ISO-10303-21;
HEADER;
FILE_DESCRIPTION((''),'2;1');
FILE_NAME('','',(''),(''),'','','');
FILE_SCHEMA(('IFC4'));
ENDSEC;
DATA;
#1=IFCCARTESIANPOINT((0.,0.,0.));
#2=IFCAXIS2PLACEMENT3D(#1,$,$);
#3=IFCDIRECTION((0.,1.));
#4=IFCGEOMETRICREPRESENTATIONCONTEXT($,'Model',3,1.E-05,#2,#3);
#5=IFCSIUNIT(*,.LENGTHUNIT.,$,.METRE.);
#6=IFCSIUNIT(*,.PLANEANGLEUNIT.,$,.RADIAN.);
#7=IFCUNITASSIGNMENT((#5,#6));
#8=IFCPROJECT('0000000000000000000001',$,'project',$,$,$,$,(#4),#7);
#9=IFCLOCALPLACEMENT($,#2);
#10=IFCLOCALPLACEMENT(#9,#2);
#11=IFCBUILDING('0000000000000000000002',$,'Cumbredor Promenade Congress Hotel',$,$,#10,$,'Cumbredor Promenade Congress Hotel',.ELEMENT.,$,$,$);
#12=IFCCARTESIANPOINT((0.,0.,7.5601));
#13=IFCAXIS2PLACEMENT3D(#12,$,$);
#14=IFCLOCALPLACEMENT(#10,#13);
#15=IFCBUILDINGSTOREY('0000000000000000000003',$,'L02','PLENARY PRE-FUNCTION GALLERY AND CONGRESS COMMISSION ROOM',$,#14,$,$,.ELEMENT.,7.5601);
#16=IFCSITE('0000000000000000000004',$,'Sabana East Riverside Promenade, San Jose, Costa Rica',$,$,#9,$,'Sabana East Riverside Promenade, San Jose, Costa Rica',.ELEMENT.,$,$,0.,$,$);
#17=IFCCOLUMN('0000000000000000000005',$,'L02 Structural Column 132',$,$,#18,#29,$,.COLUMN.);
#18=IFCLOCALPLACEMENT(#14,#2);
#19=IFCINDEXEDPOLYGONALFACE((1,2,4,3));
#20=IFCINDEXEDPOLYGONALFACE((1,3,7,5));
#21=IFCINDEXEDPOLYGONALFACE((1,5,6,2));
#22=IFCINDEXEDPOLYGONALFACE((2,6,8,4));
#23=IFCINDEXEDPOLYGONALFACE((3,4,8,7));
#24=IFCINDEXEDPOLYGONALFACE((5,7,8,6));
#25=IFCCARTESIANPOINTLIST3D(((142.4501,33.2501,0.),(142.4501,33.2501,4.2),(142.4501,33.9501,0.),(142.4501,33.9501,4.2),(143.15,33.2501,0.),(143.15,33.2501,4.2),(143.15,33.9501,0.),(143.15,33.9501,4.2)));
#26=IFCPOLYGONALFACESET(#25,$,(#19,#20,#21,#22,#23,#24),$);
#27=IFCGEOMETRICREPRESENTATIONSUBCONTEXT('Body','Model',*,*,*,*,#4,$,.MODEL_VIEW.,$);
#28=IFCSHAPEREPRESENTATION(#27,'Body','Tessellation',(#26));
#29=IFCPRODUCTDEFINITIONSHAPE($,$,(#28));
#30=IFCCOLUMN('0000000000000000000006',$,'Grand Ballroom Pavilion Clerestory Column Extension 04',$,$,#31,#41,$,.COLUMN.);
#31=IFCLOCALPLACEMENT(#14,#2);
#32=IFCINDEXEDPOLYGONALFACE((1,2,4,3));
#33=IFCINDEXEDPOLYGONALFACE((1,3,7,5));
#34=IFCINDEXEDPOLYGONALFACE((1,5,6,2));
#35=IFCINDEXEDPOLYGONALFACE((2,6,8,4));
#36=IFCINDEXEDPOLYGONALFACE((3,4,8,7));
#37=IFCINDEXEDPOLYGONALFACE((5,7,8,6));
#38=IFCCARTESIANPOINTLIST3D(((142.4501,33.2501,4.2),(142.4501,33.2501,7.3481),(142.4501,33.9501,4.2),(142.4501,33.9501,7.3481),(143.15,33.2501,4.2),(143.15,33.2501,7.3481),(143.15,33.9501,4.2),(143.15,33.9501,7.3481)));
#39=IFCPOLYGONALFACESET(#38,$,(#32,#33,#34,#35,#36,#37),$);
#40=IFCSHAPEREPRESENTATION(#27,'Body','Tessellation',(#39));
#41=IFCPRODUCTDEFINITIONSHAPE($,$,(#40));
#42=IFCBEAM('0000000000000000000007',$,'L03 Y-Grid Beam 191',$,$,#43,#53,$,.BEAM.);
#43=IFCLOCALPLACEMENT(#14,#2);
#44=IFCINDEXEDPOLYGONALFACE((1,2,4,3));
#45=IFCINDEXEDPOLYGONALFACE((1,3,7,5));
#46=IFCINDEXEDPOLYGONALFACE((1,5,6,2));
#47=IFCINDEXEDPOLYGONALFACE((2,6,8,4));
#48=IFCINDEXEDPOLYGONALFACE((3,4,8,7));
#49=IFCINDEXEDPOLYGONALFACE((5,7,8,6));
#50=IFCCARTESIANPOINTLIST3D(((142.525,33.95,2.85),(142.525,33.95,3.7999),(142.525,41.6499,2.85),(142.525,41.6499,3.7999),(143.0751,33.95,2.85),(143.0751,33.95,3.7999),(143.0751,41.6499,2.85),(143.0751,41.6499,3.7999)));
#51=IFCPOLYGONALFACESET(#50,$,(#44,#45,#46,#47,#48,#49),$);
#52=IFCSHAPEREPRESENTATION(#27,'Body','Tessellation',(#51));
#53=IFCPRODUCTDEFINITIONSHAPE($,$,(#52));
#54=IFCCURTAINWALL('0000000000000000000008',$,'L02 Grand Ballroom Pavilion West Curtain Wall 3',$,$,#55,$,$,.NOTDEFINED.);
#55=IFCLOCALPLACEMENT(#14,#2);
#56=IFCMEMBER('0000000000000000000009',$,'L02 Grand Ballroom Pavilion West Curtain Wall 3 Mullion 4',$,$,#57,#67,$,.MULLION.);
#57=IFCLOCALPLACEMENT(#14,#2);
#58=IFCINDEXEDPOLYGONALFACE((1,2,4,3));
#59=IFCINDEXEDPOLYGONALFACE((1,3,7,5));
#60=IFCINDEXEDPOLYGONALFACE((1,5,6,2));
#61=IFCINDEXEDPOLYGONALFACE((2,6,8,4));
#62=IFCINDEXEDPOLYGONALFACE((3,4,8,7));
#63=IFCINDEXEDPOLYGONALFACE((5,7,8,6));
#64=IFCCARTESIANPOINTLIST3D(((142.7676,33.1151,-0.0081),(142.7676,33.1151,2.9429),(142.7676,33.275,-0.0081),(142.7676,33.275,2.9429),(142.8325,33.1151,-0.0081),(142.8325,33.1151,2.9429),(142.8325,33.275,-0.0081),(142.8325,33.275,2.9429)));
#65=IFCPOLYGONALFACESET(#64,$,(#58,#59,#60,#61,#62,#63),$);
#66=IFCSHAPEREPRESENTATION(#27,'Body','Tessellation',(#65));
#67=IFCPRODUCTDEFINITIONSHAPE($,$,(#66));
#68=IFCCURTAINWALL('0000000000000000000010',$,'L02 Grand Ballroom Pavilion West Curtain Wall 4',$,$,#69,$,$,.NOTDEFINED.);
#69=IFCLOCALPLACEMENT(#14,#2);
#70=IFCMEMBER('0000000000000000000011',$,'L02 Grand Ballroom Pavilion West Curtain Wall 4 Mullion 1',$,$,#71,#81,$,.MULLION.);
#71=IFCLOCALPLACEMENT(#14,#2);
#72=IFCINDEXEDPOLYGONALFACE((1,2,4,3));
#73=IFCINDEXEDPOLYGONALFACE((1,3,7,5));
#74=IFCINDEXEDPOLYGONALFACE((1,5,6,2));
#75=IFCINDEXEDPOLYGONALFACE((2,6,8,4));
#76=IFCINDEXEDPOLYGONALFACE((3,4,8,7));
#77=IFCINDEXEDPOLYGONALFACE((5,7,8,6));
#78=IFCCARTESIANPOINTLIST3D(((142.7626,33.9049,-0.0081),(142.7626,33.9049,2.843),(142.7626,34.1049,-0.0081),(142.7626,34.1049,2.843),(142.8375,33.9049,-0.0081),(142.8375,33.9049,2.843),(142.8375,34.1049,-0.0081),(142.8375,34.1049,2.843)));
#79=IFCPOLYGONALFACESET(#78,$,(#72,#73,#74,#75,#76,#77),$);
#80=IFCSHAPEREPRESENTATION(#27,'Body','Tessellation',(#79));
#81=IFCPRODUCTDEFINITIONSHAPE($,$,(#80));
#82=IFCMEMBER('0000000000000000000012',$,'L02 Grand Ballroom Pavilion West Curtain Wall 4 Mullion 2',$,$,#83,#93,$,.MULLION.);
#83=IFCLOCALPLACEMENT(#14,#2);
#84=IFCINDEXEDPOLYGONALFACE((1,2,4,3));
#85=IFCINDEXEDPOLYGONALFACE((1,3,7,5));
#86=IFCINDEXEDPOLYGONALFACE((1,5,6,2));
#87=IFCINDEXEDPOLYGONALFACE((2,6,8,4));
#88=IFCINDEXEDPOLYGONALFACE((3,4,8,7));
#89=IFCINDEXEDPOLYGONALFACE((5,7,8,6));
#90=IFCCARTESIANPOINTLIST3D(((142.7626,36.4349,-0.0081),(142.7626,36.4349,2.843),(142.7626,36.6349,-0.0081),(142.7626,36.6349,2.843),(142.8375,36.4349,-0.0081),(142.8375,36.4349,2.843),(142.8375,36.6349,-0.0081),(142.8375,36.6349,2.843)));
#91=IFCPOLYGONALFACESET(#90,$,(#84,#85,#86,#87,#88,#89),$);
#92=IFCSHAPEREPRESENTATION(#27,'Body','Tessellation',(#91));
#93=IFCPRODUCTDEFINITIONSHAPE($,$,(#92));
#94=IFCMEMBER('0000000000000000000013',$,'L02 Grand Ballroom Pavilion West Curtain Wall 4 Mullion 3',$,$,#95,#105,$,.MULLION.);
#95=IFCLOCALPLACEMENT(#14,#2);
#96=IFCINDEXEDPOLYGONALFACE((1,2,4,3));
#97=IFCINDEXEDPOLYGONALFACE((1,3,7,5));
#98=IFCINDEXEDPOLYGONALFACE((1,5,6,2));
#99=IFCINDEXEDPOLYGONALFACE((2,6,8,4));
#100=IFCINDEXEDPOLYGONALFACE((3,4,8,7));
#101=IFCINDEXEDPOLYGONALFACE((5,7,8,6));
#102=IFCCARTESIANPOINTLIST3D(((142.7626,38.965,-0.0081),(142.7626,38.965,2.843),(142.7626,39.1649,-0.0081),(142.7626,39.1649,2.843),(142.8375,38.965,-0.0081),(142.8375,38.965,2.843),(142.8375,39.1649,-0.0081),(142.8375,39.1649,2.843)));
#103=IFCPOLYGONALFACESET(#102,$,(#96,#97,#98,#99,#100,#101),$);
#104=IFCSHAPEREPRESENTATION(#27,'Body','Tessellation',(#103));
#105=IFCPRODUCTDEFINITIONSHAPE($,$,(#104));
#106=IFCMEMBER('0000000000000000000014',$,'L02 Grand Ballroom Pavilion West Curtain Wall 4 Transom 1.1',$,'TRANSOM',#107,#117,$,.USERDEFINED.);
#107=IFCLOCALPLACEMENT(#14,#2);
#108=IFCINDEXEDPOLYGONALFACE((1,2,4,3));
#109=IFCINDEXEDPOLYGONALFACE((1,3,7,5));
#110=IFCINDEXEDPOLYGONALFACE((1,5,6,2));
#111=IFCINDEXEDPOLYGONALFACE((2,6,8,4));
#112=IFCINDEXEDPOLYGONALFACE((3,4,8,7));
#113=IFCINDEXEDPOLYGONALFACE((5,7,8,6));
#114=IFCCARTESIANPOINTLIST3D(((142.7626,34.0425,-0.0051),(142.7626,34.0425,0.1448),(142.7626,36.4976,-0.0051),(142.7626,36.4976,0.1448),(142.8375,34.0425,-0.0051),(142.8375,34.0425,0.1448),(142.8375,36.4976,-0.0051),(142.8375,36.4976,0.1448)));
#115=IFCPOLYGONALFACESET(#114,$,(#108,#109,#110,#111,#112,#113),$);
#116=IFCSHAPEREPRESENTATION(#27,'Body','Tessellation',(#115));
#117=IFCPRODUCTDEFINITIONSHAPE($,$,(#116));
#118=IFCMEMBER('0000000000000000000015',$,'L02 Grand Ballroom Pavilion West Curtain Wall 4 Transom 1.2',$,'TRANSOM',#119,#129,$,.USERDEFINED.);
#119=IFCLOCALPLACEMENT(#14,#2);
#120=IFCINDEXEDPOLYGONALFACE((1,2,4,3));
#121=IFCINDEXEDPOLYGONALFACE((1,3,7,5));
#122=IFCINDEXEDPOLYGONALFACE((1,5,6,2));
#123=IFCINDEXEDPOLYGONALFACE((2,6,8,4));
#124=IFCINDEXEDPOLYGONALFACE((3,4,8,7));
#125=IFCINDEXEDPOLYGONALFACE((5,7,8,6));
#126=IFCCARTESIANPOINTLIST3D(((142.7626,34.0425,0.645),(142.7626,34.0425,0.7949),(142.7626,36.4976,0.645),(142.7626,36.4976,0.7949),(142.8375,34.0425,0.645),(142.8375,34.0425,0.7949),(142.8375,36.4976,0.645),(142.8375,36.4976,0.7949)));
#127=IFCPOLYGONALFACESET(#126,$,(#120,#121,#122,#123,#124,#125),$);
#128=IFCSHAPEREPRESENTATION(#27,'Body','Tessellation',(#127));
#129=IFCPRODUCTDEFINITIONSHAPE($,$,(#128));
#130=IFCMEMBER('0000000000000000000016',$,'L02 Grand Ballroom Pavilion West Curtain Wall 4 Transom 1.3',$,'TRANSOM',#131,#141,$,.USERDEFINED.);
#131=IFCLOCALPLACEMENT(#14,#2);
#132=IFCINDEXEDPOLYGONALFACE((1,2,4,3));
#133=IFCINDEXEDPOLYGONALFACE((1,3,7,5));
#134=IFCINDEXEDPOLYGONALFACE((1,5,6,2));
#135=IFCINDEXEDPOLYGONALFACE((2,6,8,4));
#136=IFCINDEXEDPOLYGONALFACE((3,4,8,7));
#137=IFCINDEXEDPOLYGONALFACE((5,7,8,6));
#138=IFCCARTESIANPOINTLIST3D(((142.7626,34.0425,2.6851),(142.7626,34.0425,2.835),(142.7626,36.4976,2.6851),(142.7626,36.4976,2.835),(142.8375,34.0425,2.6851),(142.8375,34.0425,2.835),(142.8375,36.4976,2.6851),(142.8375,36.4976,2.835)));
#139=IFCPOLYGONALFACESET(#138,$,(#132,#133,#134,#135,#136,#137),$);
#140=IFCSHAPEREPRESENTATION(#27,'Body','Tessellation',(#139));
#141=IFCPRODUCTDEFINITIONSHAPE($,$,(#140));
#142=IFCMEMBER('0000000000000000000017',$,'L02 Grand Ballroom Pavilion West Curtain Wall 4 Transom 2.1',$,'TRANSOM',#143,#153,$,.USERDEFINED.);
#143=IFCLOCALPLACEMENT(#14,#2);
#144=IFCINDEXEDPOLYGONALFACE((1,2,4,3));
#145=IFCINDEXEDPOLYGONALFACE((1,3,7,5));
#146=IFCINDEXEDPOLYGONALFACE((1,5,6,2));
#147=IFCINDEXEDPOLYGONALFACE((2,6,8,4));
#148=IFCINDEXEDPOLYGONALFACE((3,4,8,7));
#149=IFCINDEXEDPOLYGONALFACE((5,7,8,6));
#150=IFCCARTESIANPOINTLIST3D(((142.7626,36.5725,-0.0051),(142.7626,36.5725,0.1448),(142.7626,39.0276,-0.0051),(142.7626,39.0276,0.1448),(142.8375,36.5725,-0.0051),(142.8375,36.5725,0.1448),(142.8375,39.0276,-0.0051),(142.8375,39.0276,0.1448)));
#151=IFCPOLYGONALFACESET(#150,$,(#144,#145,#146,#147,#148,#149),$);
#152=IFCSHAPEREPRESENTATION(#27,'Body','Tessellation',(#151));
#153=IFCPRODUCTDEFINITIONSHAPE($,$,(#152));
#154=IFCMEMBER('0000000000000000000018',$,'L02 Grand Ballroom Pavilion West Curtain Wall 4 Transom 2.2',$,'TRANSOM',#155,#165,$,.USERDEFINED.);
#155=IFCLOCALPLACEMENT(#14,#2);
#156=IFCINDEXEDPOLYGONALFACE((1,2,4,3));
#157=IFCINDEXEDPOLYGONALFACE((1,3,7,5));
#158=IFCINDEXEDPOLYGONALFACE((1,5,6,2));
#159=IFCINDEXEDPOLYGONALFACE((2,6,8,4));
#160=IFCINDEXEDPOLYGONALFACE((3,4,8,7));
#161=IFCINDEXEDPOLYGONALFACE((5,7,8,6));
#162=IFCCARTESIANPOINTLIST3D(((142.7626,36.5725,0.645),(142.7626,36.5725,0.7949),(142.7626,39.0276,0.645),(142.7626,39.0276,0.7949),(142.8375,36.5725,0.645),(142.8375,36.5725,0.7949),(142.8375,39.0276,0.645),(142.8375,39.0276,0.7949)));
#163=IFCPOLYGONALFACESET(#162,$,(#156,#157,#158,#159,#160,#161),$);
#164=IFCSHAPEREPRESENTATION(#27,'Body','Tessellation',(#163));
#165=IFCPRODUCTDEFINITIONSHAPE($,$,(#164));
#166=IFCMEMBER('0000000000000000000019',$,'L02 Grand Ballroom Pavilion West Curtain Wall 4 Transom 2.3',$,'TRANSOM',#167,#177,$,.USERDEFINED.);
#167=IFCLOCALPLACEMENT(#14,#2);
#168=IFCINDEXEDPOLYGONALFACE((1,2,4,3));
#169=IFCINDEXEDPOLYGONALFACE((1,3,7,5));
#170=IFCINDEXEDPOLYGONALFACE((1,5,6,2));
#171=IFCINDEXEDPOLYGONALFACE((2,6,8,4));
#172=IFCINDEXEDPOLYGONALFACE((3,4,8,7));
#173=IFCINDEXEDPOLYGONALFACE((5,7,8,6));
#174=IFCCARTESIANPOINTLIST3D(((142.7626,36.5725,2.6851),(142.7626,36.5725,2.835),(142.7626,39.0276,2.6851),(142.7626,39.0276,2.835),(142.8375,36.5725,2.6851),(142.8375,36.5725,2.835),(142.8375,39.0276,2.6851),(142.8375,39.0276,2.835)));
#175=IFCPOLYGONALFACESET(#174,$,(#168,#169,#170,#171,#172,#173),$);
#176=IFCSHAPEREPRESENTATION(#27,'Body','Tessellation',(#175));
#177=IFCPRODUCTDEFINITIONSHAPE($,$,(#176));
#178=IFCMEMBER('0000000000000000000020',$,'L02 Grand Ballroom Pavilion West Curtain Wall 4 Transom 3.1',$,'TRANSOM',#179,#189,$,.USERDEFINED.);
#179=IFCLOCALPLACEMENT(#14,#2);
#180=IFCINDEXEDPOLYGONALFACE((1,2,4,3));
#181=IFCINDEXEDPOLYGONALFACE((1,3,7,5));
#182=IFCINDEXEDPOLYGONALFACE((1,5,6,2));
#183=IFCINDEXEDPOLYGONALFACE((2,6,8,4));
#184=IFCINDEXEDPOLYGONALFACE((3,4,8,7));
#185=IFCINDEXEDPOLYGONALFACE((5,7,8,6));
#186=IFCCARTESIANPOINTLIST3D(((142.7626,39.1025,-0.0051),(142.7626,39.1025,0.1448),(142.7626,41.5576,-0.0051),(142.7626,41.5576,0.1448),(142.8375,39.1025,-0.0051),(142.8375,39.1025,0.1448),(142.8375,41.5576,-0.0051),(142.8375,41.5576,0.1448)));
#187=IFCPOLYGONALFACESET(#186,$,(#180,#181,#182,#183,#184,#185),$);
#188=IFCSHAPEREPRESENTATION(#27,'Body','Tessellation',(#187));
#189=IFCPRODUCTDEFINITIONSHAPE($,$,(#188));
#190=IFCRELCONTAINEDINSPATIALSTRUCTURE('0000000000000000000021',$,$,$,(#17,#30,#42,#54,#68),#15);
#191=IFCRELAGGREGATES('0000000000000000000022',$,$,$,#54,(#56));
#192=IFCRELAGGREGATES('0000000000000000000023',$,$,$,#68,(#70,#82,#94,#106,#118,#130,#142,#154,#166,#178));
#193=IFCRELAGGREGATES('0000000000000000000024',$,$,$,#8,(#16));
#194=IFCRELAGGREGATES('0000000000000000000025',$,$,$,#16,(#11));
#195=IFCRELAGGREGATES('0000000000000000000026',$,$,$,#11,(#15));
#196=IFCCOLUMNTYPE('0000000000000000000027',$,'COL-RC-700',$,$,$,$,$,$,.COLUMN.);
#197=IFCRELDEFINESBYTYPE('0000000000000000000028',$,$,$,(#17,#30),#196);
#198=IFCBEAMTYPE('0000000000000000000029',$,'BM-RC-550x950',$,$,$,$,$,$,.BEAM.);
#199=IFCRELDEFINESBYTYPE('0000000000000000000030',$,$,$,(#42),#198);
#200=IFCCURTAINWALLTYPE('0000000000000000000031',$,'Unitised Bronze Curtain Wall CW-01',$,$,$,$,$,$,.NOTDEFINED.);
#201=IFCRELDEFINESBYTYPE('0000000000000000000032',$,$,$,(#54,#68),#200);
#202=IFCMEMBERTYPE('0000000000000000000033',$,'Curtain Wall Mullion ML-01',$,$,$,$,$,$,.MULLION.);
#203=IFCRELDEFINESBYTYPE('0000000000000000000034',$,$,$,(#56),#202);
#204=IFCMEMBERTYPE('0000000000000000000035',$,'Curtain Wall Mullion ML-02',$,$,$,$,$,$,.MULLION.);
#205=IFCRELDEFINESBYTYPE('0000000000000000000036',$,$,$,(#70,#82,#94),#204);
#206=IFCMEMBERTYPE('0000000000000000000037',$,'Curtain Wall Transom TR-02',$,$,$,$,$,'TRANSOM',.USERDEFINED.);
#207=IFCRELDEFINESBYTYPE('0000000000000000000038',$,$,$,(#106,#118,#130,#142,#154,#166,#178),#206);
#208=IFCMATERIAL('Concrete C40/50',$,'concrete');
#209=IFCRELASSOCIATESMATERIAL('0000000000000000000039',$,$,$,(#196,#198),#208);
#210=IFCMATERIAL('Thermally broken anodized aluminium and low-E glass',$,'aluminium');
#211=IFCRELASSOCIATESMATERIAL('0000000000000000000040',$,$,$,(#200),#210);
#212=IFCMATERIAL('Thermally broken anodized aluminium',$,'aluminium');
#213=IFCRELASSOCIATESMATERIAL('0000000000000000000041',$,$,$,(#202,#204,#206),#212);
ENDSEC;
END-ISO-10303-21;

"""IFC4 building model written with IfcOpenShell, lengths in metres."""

from ifc_helpers import new_model, si_unit, direction, frame, origin, origin_2d, place, context, subcontext, project, spatial, rectangle, extrude, material, material_profile, profile_set, type_object, element, aggregate, save


model = new_model("IFC4")

# Units and contexts
model_context = context("Model", 3, precision=1e-05, world=origin(), true_north=direction((0.0, 1.0)))
body_context = subcontext(model_context, "Body", "Model", "MODEL_VIEW")
ifc_project = project(units=[si_unit("LENGTHUNIT", "METRE"), si_unit("PLANEANGLEUNIT", "RADIAN")], contexts=[model_context])

# Site, building, storey
site_placement = place(None, origin())
site = spatial("IfcSite", under=ifc_project, at=site_placement, Name="Sabana East Riverside Promenade, San Jose, Costa Rica", LongName="Sabana East Riverside Promenade, San Jose, Costa Rica", CompositionType="ELEMENT", RefElevation=0.0)
building_placement = place(site_placement, origin())
building = spatial("IfcBuilding", under=site, at=building_placement, Name="Cumbredor Promenade Congress Hotel", LongName="Cumbredor Promenade Congress Hotel", CompositionType="ELEMENT")
storey_placement = place(building_placement, frame((0.0, 0.0, 7.5601)))
storey = spatial("IfcBuildingStorey", under=building, at=storey_placement, Name="L02", Description="PLENARY PRE-FUNCTION GALLERY AND CONGRESS COMMISSION ROOM", CompositionType="ELEMENT", Elevation=7.5601)

# Columns
ifc_material_1 = material(Name="Concrete C40/50", Category="concrete")
ifc_material_profile_1 = material_profile(ifc_material_1, rectangle(XDim=0.7, YDim=0.7, at=origin_2d()), Name="RC 700x700")
ifc_profile_set_1 = profile_set([ifc_material_profile_1], Name="Concrete C40/50")
column_type = type_object("IfcColumnType", Name="COL-RC-700", PredefinedType="COLUMN", material=ifc_profile_set_1)
column_1_placement = place(storey_placement, frame((142.8, 33.6001, 0.0), z_axis=(0.0, 0.0, 1.0), x_axis=(1.0, 0.0, 0.0)))
element("IfcColumn", 1, at=column_1_placement, inside=storey, type_object=column_type, Name="L02 Structural Column 132", PredefinedType="COLUMN", context=body_context, shape_type="SweptSolid", body=[
    extrude(rectangle(XDim=0.7, YDim=0.7, at=origin_2d()), origin(), (0.0, 0.0, 1.0), 4.2),
])
column_2_placement = place(storey_placement, frame((142.8, 33.6001, 4.2), z_axis=(0.0, 0.0, 1.0), x_axis=(1.0, 0.0, 0.0)))
element("IfcColumn", 2, at=column_2_placement, inside=storey, type_object=column_type, Name="Grand Ballroom Pavilion Clerestory Column Extension 04", PredefinedType="COLUMN", context=body_context, shape_type="SweptSolid", body=[
    extrude(rectangle(XDim=0.7, YDim=0.7, at=origin_2d()), origin(), (0.0, 0.0, 1.0), 3.1482),
])

# Beam
ifc_material_profile_2 = material_profile(ifc_material_1, rectangle(XDim=0.55, YDim=0.95, at=origin_2d()), Name="RC BEAM 550x950")
ifc_profile_set_2 = profile_set([ifc_material_profile_2], Name="Concrete C40/50")
beam_type = type_object("IfcBeamType", Name="BM-RC-550x950", PredefinedType="BEAM", material=ifc_profile_set_2)
beam_placement = place(storey_placement, frame((142.8, 33.95, 3.325), z_axis=(0.0, 1.0, 0.0), x_axis=(-1.0, 0.0, 0.0)))
element("IfcBeam", 3, at=beam_placement, inside=storey, type_object=beam_type, Name="L03 Y-Grid Beam 191", PredefinedType="BEAM", context=body_context, shape_type="SweptSolid", body=[
    extrude(rectangle(XDim=0.55, YDim=0.95, at=origin_2d()), origin(), (0.0, 0.0, 1.0), 7.7),
])

# Curtain wall, member
ifc_material_2 = material(Name="Thermally broken anodized aluminium and low-E glass", Category="aluminium")
curtain_wall_type = type_object("IfcCurtainWallType", Name="Unitised Bronze Curtain Wall CW-01", PredefinedType="NOTDEFINED", material=ifc_material_2)
curtain_wall_1_placement = place(storey_placement, origin())
curtain_wall_1 = element("IfcCurtainWall", 4, at=curtain_wall_1_placement, inside=storey, type_object=curtain_wall_type, Name="L02 Grand Ballroom Pavilion West Curtain Wall 3", PredefinedType="NOTDEFINED")
ifc_material_3 = material(Name="Thermally broken anodized aluminium", Category="aluminium")
ifc_material_profile_3 = material_profile(ifc_material_3, rectangle(XDim=0.0649, YDim=0.1599, at=origin_2d()), Name="ALU MULLION 65x160")
ifc_profile_set_3 = profile_set([ifc_material_profile_3], Name="Thermally broken anodized aluminium")
member_type_1 = type_object("IfcMemberType", Name="Curtain Wall Mullion ML-01", PredefinedType="MULLION", material=ifc_profile_set_3)
member_1_placement = place(storey_placement, frame((142.8, 33.1951, -0.0081), z_axis=(0.0, 0.0, 1.0), x_axis=(1.0, 0.0, 0.0)))
member_1 = element("IfcMember", 5, at=member_1_placement, type_object=member_type_1, Name="L02 Grand Ballroom Pavilion West Curtain Wall 3 Mullion 4", PredefinedType="MULLION", context=body_context, shape_type="SweptSolid", body=[
    extrude(rectangle(XDim=0.0649, YDim=0.1599, at=origin_2d()), origin(), (0.0, 0.0, 1.0), 2.9509),
])
aggregate(curtain_wall_1, [member_1])

# Curtain wall, members
curtain_wall_2_placement = place(storey_placement, origin())
curtain_wall_2 = element("IfcCurtainWall", 6, at=curtain_wall_2_placement, inside=storey, type_object=curtain_wall_type, Name="L02 Grand Ballroom Pavilion West Curtain Wall 4", PredefinedType="NOTDEFINED")
ifc_material_profile_4 = material_profile(ifc_material_3, rectangle(XDim=0.075, YDim=0.2, at=origin_2d()), Name="ALU MULLION 75x200")
ifc_profile_set_4 = profile_set([ifc_material_profile_4], Name="Thermally broken anodized aluminium")
member_type_2 = type_object("IfcMemberType", Name="Curtain Wall Mullion ML-02", PredefinedType="MULLION", material=ifc_profile_set_4)
member_2_placement = place(storey_placement, frame((142.8, 34.0049, -0.0081), z_axis=(0.0, 0.0, 1.0), x_axis=(1.0, 0.0, 0.0)))
member_2 = element("IfcMember", 7, at=member_2_placement, type_object=member_type_2, Name="L02 Grand Ballroom Pavilion West Curtain Wall 4 Mullion 1", PredefinedType="MULLION", context=body_context, shape_type="SweptSolid", body=[
    extrude(rectangle(XDim=0.075, YDim=0.2, at=origin_2d()), origin(), (0.0, 0.0, 1.0), 2.8511),
])
member_3_placement = place(storey_placement, frame((142.8, 36.5349, -0.0081), z_axis=(0.0, 0.0, 1.0), x_axis=(1.0, 0.0, 0.0)))
member_3 = element("IfcMember", 8, at=member_3_placement, type_object=member_type_2, Name="L02 Grand Ballroom Pavilion West Curtain Wall 4 Mullion 2", PredefinedType="MULLION", context=body_context, shape_type="SweptSolid", body=[
    extrude(rectangle(XDim=0.075, YDim=0.2, at=origin_2d()), origin(), (0.0, 0.0, 1.0), 2.8511),
])
member_4_placement = place(storey_placement, frame((142.8, 39.0649, -0.0081), z_axis=(0.0, 0.0, 1.0), x_axis=(1.0, 0.0, 0.0)))
member_4 = element("IfcMember", 9, at=member_4_placement, type_object=member_type_2, Name="L02 Grand Ballroom Pavilion West Curtain Wall 4 Mullion 3", PredefinedType="MULLION", context=body_context, shape_type="SweptSolid", body=[
    extrude(rectangle(XDim=0.075, YDim=0.2, at=origin_2d()), origin(), (0.0, 0.0, 1.0), 2.8511),
])
ifc_material_profile_5 = material_profile(ifc_material_3, rectangle(XDim=0.075, YDim=0.1499, at=origin_2d()), Name="ALU TRANSOM 75x150")
ifc_profile_set_5 = profile_set([ifc_material_profile_5], Name="Thermally broken anodized aluminium")
member_type_3 = type_object("IfcMemberType", Name="Curtain Wall Transom TR-02", ElementType="TRANSOM", PredefinedType="USERDEFINED", material=ifc_profile_set_5)
member_5_placement = place(storey_placement, frame((142.8, 34.0425, 0.0698), z_axis=(0.0, 1.0, 0.0), x_axis=(-1.0, 0.0, 0.0)))
member_5 = element("IfcMember", 10, at=member_5_placement, type_object=member_type_3, Name="L02 Grand Ballroom Pavilion West Curtain Wall 4 Transom 1.1", ObjectType="TRANSOM", PredefinedType="USERDEFINED", context=body_context, shape_type="SweptSolid", body=[
    extrude(rectangle(XDim=0.075, YDim=0.1499, at=origin_2d()), origin(), (0.0, 0.0, 1.0), 2.4551),
])
member_6_placement = place(storey_placement, frame((142.8, 34.0425, 0.72), z_axis=(0.0, 1.0, 0.0), x_axis=(-1.0, 0.0, 0.0)))
member_6 = element("IfcMember", 11, at=member_6_placement, type_object=member_type_3, Name="L02 Grand Ballroom Pavilion West Curtain Wall 4 Transom 1.2", ObjectType="TRANSOM", PredefinedType="USERDEFINED", context=body_context, shape_type="SweptSolid", body=[
    extrude(rectangle(XDim=0.075, YDim=0.1499, at=origin_2d()), origin(), (0.0, 0.0, 1.0), 2.4551),
])
member_7_placement = place(storey_placement, frame((142.8, 34.0425, 2.76), z_axis=(0.0, 1.0, 0.0), x_axis=(-1.0, 0.0, 0.0)))
member_7 = element("IfcMember", 12, at=member_7_placement, type_object=member_type_3, Name="L02 Grand Ballroom Pavilion West Curtain Wall 4 Transom 1.3", ObjectType="TRANSOM", PredefinedType="USERDEFINED", context=body_context, shape_type="SweptSolid", body=[
    extrude(rectangle(XDim=0.075, YDim=0.1499, at=origin_2d()), origin(), (0.0, 0.0, 1.0), 2.4551),
])
member_8_placement = place(storey_placement, frame((142.8, 36.5725, 0.0698), z_axis=(0.0, 1.0, 0.0), x_axis=(-1.0, 0.0, 0.0)))
member_8 = element("IfcMember", 13, at=member_8_placement, type_object=member_type_3, Name="L02 Grand Ballroom Pavilion West Curtain Wall 4 Transom 2.1", ObjectType="TRANSOM", PredefinedType="USERDEFINED", context=body_context, shape_type="SweptSolid", body=[
    extrude(rectangle(XDim=0.075, YDim=0.1499, at=origin_2d()), origin(), (0.0, 0.0, 1.0), 2.4551),
])
member_9_placement = place(storey_placement, frame((142.8, 36.5725, 0.72), z_axis=(0.0, 1.0, 0.0), x_axis=(-1.0, 0.0, 0.0)))
member_9 = element("IfcMember", 14, at=member_9_placement, type_object=member_type_3, Name="L02 Grand Ballroom Pavilion West Curtain Wall 4 Transom 2.2", ObjectType="TRANSOM", PredefinedType="USERDEFINED", context=body_context, shape_type="SweptSolid", body=[
    extrude(rectangle(XDim=0.075, YDim=0.1499, at=origin_2d()), origin(), (0.0, 0.0, 1.0), 2.4551),
])
member_10_placement = place(storey_placement, frame((142.8, 36.5725, 2.76), z_axis=(0.0, 1.0, 0.0), x_axis=(-1.0, 0.0, 0.0)))
member_10 = element("IfcMember", 15, at=member_10_placement, type_object=member_type_3, Name="L02 Grand Ballroom Pavilion West Curtain Wall 4 Transom 2.3", ObjectType="TRANSOM", PredefinedType="USERDEFINED", context=body_context, shape_type="SweptSolid", body=[
    extrude(rectangle(XDim=0.075, YDim=0.1499, at=origin_2d()), origin(), (0.0, 0.0, 1.0), 2.4551),
])
member_11_placement = place(storey_placement, frame((142.8, 39.1025, 0.0698), z_axis=(0.0, 1.0, 0.0), x_axis=(-1.0, 0.0, 0.0)))
member_11 = element("IfcMember", 16, at=member_11_placement, type_object=member_type_3, Name="L02 Grand Ballroom Pavilion West Curtain Wall 4 Transom 3.1", ObjectType="TRANSOM", PredefinedType="USERDEFINED", context=body_context, shape_type="SweptSolid", body=[
    extrude(rectangle(XDim=0.075, YDim=0.1499, at=origin_2d()), origin(), (0.0, 0.0, 1.0), 2.4551),
])

aggregate(curtain_wall_2, [member_2, member_3, member_4, member_5, member_6, member_7, member_8, member_9, member_10, member_11])

save(model, "model.ifc")
